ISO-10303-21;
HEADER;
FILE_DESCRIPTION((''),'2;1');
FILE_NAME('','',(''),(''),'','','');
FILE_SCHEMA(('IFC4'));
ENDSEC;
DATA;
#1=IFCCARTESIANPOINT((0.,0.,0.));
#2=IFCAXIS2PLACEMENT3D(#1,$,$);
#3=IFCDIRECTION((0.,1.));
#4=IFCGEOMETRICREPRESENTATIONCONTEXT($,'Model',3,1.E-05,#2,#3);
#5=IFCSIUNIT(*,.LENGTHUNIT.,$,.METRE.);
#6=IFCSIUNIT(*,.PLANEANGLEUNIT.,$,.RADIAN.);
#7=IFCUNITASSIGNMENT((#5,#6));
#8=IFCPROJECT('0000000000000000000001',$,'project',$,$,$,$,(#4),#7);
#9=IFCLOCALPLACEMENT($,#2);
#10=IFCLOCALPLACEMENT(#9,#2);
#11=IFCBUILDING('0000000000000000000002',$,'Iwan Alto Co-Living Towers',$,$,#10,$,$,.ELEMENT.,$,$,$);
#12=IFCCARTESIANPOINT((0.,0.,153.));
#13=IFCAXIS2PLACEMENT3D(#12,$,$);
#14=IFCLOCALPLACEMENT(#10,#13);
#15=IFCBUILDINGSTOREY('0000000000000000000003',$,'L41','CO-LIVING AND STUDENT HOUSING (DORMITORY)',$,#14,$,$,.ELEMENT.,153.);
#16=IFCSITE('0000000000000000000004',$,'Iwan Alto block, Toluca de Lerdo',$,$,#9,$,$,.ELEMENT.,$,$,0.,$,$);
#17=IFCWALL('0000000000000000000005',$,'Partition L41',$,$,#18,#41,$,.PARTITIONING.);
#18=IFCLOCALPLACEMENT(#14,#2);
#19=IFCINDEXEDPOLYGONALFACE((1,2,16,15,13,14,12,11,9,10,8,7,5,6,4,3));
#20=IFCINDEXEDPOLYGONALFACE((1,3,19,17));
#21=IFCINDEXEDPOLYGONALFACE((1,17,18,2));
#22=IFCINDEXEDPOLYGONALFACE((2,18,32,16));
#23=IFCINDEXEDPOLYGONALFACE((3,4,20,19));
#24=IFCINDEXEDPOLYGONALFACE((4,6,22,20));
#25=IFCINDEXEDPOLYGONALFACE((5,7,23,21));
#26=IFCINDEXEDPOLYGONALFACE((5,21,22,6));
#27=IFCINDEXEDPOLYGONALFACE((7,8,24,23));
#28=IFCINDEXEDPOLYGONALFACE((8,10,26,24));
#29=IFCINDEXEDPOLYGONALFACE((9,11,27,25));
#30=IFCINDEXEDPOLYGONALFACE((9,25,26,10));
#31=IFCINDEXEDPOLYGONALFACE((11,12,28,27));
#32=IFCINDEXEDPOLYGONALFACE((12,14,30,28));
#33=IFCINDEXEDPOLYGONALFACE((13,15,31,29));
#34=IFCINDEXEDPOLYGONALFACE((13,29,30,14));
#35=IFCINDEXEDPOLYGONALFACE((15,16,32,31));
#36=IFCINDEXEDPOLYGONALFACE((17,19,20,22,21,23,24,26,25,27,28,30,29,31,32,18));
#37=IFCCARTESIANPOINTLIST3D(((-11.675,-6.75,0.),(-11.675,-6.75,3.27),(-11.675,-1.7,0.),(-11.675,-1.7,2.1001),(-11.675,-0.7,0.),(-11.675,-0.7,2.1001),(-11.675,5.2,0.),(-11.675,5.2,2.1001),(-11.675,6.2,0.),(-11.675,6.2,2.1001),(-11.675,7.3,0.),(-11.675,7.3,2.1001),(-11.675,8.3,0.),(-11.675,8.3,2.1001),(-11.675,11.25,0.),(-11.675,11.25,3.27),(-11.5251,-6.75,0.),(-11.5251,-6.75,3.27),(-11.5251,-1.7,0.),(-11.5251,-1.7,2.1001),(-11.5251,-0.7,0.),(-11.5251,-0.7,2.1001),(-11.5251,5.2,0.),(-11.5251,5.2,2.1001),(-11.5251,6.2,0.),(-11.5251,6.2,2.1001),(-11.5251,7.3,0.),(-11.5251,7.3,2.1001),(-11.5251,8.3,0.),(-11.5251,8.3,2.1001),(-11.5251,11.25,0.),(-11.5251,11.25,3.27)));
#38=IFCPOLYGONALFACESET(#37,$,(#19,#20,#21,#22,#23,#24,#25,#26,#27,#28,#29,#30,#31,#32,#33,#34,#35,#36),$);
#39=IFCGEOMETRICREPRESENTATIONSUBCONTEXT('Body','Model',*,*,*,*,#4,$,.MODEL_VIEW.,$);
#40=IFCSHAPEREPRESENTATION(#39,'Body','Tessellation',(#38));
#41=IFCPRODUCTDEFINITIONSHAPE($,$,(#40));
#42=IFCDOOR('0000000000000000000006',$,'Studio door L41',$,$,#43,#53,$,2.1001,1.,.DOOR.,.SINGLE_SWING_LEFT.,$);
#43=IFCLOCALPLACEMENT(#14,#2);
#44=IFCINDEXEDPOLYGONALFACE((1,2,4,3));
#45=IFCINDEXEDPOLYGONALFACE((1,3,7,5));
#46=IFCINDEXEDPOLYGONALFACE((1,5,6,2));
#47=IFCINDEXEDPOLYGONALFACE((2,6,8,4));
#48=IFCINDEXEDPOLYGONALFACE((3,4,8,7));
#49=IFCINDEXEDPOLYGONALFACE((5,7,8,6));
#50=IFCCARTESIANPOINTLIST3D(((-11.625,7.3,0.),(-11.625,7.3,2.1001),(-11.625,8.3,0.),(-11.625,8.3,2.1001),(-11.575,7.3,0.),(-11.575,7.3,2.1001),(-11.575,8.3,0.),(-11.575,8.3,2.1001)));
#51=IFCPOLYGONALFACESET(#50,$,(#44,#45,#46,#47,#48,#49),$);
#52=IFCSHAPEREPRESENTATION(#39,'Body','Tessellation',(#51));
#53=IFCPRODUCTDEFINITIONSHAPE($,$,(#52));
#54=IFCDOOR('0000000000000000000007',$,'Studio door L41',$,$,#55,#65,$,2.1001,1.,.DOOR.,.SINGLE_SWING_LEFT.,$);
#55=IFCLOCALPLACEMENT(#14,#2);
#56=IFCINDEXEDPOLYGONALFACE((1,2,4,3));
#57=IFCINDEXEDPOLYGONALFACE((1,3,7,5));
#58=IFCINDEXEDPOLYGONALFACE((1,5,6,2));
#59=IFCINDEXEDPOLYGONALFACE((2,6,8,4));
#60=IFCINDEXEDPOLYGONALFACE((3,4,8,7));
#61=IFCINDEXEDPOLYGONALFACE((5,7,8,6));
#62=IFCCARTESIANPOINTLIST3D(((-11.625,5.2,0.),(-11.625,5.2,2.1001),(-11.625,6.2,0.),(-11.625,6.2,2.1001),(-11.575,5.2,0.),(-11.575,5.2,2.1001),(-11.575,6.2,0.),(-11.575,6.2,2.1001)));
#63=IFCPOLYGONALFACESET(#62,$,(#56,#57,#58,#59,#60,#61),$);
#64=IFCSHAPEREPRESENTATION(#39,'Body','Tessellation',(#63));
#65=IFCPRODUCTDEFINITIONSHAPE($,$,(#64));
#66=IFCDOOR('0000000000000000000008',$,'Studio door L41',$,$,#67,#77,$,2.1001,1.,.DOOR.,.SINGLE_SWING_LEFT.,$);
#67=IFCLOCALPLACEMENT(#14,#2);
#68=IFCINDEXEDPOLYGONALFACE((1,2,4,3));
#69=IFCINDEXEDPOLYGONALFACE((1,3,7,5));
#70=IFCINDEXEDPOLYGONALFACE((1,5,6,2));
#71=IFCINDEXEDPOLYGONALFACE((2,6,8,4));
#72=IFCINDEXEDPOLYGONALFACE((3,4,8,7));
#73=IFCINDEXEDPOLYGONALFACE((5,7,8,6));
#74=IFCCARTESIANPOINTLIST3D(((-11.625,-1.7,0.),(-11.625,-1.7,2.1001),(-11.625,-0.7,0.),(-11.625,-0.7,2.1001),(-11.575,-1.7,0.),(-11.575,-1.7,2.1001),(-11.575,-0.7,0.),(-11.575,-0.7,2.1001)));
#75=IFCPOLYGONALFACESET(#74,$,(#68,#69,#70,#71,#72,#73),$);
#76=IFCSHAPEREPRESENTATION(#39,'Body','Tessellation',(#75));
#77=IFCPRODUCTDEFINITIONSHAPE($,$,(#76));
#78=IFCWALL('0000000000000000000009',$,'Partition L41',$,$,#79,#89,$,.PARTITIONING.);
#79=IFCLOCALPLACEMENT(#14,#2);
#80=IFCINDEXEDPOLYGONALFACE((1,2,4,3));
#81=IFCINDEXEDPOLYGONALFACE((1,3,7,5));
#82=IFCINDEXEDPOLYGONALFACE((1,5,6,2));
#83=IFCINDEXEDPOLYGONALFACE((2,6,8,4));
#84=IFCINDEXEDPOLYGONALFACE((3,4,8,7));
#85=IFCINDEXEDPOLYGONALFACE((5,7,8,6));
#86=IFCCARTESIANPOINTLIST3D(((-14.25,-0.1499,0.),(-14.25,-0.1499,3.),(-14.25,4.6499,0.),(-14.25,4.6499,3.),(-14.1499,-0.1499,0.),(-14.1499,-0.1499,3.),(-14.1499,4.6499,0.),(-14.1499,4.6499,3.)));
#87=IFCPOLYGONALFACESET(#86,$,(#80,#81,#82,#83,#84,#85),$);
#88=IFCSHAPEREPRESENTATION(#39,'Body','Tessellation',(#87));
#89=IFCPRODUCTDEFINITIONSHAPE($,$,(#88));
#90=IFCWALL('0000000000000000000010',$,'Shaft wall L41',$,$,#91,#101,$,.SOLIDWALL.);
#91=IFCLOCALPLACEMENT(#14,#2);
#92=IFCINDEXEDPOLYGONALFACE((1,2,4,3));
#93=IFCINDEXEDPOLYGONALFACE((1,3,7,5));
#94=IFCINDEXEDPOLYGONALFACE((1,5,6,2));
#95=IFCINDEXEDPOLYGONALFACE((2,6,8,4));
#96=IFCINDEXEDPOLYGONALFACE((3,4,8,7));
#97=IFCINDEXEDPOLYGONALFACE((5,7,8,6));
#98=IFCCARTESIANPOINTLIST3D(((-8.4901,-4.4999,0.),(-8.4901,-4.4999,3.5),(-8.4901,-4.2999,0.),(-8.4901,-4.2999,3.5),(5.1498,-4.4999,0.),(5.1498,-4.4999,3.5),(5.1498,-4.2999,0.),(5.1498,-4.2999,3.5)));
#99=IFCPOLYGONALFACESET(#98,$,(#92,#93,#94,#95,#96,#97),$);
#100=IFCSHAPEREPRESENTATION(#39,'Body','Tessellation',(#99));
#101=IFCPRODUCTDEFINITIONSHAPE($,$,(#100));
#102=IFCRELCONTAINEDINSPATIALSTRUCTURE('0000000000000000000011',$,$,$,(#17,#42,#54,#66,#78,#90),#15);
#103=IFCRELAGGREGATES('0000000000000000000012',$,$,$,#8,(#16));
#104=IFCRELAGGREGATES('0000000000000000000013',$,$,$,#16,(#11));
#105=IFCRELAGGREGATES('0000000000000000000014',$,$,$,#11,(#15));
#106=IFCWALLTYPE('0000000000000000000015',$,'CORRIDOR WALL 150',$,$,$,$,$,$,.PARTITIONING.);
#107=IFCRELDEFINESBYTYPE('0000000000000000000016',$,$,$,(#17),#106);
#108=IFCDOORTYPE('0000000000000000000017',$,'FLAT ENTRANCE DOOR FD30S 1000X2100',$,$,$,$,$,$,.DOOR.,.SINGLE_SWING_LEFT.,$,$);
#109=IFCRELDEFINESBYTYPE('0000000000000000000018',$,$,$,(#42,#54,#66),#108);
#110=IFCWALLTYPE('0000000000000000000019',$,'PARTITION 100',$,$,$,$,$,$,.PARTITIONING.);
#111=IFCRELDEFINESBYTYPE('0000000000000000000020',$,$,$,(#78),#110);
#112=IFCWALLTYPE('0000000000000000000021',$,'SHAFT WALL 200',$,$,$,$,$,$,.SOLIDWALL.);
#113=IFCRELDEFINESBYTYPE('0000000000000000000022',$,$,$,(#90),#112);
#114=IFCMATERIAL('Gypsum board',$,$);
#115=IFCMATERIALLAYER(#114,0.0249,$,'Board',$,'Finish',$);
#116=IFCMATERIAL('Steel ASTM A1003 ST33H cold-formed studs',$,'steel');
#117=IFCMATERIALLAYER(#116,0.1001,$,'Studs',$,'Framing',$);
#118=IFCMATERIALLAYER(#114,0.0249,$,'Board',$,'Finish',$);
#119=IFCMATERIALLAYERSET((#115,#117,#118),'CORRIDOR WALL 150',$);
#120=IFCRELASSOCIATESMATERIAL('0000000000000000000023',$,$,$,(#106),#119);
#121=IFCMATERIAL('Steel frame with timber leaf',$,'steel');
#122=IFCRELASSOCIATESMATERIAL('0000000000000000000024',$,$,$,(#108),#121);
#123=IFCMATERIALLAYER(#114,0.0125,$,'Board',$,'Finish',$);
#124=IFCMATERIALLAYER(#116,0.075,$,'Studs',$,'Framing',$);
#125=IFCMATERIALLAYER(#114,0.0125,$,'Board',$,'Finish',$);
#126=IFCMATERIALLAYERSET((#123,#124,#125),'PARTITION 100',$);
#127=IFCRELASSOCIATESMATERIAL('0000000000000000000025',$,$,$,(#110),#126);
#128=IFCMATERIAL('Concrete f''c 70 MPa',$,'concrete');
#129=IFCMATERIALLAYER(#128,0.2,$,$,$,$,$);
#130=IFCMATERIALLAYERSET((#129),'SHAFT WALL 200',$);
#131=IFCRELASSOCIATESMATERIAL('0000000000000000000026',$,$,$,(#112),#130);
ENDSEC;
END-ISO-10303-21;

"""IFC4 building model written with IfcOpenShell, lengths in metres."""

from ifc_helpers import new_model, si_unit, direction, frame, frame_2d, origin, place, context, subcontext, project, spatial, rectangle, extrude, material, layer, layer_set, type_object, element, fill, save


model = new_model("IFC4")

# Units and contexts
model_context = context("Model", 3, precision=1e-05, world=origin(), true_north=direction((0.0, 1.0)))
body_context = subcontext(model_context, "Body", "Model", "MODEL_VIEW")
ifc_project = project(units=[si_unit("LENGTHUNIT", "METRE"), si_unit("PLANEANGLEUNIT", "RADIAN")], contexts=[model_context])

# Site, building, storey
site_placement = place(None, origin())
site = spatial("IfcSite", under=ifc_project, at=site_placement, Name="Iwan Alto block, Toluca de Lerdo", CompositionType="ELEMENT", RefElevation=0.0)
building_placement = place(site_placement, origin())
building = spatial("IfcBuilding", under=site, at=building_placement, Name="Iwan Alto Co-Living Towers", CompositionType="ELEMENT")
storey_placement = place(building_placement, frame((0.0, 0.0, 153.0)))
storey = spatial("IfcBuildingStorey", under=building, at=storey_placement, Name="L41", Description="CO-LIVING AND STUDENT HOUSING (DORMITORY)", CompositionType="ELEMENT", Elevation=153.0)

# Wall, openings, doors
ifc_material_1 = material(Name="Gypsum board")
ifc_layer_1 = layer(ifc_material_1, 0.0249, Name="Board", Category="Finish")
ifc_material_2 = material(Name="Steel ASTM A1003 ST33H cold-formed studs", Category="steel")
ifc_layer_2 = layer(ifc_material_2, 0.1001, Name="Studs", Category="Framing")
ifc_layer_3 = layer(ifc_material_1, 0.0249, Name="Board", Category="Finish")
ifc_layer_set_1 = layer_set([ifc_layer_1, ifc_layer_2, ifc_layer_3], Name="CORRIDOR WALL 150")
wall_type_1 = type_object("IfcWallType", Name="CORRIDOR WALL 150", PredefinedType="PARTITIONING", material=ifc_layer_set_1)
wall_1_placement = place(storey_placement, frame((-11.6001, -6.75, 0.0), z_axis=(0.0, 0.0, 1.0), x_axis=(0.0, 1.0, 0.0)))
wall_1 = element("IfcWall", 1, at=wall_1_placement, inside=storey, type_object=wall_type_1, Name="Partition L41", PredefinedType="PARTITIONING", context=body_context, shape_type="SweptSolid", body=[
    extrude(rectangle(XDim=18.0, YDim=0.1499, at=frame_2d((9.0, 0.0))), origin(), (0.0, 0.0, 1.0), 3.27),
])
opening_1_placement = place(wall_1_placement, frame((14.05, 0.0, 0.0)))
opening_1 = element("IfcOpeningElement", 2, at=opening_1_placement, cuts=wall_1, PredefinedType="OPENING", context=body_context, shape_type="SweptSolid", body=[
    extrude(rectangle(XDim=1.0, YDim=2.1001, at=frame_2d((0.5, 1.05))), frame((0.0, 0.085, 0.0), z_axis=(0.0, -1.0, 0.0), x_axis=(1.0, 0.0, 0.0)), (0.0, 0.0, 1.0), 0.1699),
])
opening_2_placement = place(wall_1_placement, frame((11.95, 0.0, 0.0)))
opening_2 = element("IfcOpeningElement", 3, at=opening_2_placement, cuts=wall_1, PredefinedType="OPENING", context=body_context, shape_type="SweptSolid", body=[
    extrude(rectangle(XDim=1.0, YDim=2.1001, at=frame_2d((0.5, 1.05))), frame((0.0, 0.085, 0.0), z_axis=(0.0, -1.0, 0.0), x_axis=(1.0, 0.0, 0.0)), (0.0, 0.0, 1.0), 0.1699),
])
opening_3_placement = place(wall_1_placement, frame((5.05, 0.0, 0.0)))
opening_3 = element("IfcOpeningElement", 4, at=opening_3_placement, cuts=wall_1, PredefinedType="OPENING", context=body_context, shape_type="SweptSolid", body=[
    extrude(rectangle(XDim=1.0, YDim=2.1001, at=frame_2d((0.5, 1.05))), frame((0.0, 0.085, 0.0), z_axis=(0.0, -1.0, 0.0), x_axis=(1.0, 0.0, 0.0)), (0.0, 0.0, 1.0), 0.1699),
])
ifc_material_3 = material(Name="Steel frame with timber leaf", Category="steel")
door_type_1 = type_object("IfcDoorType", Name="FLAT ENTRANCE DOOR FD30S 1000X2100", OperationType="SINGLE_SWING_LEFT", PredefinedType="DOOR", material=ifc_material_3)
door_1_placement = place(opening_1_placement, origin())
door_1 = element("IfcDoor", 5, at=door_1_placement, inside=storey, type_object=door_type_1, Name="Studio door L41", OperationType="SINGLE_SWING_LEFT", OverallHeight=2.1001, OverallWidth=1.0, PredefinedType="DOOR", context=body_context, shape_type="SweptSolid", body=[
    extrude(rectangle(XDim=1.0, YDim=2.1001, at=frame_2d((0.5, 1.05))), frame((0.0, 0.0249, 0.0), z_axis=(0.0, -1.0, 0.0), x_axis=(1.0, 0.0, 0.0)), (0.0, 0.0, 1.0), 0.05),
])
fill(opening_1, door_1)
door_2_placement = place(opening_2_placement, origin())
door_2 = element("IfcDoor", 6, at=door_2_placement, inside=storey, type_object=door_type_1, Name="Studio door L41", OperationType="SINGLE_SWING_LEFT", OverallHeight=2.1001, OverallWidth=1.0, PredefinedType="DOOR", context=body_context, shape_type="SweptSolid", body=[
    extrude(rectangle(XDim=1.0, YDim=2.1001, at=frame_2d((0.5, 1.05))), frame((0.0, 0.0249, 0.0), z_axis=(0.0, -1.0, 0.0), x_axis=(1.0, 0.0, 0.0)), (0.0, 0.0, 1.0), 0.05),
])
fill(opening_2, door_2)
door_3_placement = place(opening_3_placement, origin())
door_3 = element("IfcDoor", 7, at=door_3_placement, inside=storey, type_object=door_type_1, Name="Studio door L41", OperationType="SINGLE_SWING_LEFT", OverallHeight=2.1001, OverallWidth=1.0, PredefinedType="DOOR", context=body_context, shape_type="SweptSolid", body=[
    extrude(rectangle(XDim=1.0, YDim=2.1001, at=frame_2d((0.5, 1.05))), frame((0.0, 0.0249, 0.0), z_axis=(0.0, -1.0, 0.0), x_axis=(1.0, 0.0, 0.0)), (0.0, 0.0, 1.0), 0.05),
])
fill(opening_3, door_3)

# Walls
ifc_layer_4 = layer(ifc_material_1, 0.0125, Name="Board", Category="Finish")
ifc_layer_5 = layer(ifc_material_2, 0.075, Name="Studs", Category="Framing")
ifc_layer_6 = layer(ifc_material_1, 0.0125, Name="Board", Category="Finish")
ifc_layer_set_2 = layer_set([ifc_layer_4, ifc_layer_5, ifc_layer_6], Name="PARTITION 100")
wall_type_2 = type_object("IfcWallType", Name="PARTITION 100", PredefinedType="PARTITIONING", material=ifc_layer_set_2)
wall_2_placement = place(storey_placement, frame((-14.2, -0.1499, 0.0), z_axis=(0.0, 0.0, 1.0), x_axis=(0.0, 1.0, 0.0)))
element("IfcWall", 8, at=wall_2_placement, inside=storey, type_object=wall_type_2, Name="Partition L41", PredefinedType="PARTITIONING", context=body_context, shape_type="SweptSolid", body=[
    extrude(rectangle(XDim=4.7998, YDim=0.1001, at=frame_2d((2.3999, 0.0))), origin(), (0.0, 0.0, 1.0), 3.0),
])
ifc_material_4 = material(Name="Concrete f'c 70 MPa", Category="concrete")
ifc_layer_7 = layer(ifc_material_4, 0.2)
ifc_layer_set_3 = layer_set([ifc_layer_7], Name="SHAFT WALL 200")
wall_type_3 = type_object("IfcWallType", Name="SHAFT WALL 200", PredefinedType="SOLIDWALL", material=ifc_layer_set_3)
wall_3_placement = place(storey_placement, frame((-8.49, -4.3999, 0.0), z_axis=(0.0, 0.0, 1.0), x_axis=(1.0, 0.0, 0.0)))
element("IfcWall", 9, at=wall_3_placement, inside=storey, type_object=wall_type_3, Name="Shaft wall L41", PredefinedType="SOLIDWALL", context=body_context, shape_type="SweptSolid", body=[
    extrude(rectangle(XDim=13.6399, YDim=0.2, at=frame_2d((6.8198, 0.0))), origin(), (0.0, 0.0, 1.0), 3.5),
])

save(model, "model.ifc")
